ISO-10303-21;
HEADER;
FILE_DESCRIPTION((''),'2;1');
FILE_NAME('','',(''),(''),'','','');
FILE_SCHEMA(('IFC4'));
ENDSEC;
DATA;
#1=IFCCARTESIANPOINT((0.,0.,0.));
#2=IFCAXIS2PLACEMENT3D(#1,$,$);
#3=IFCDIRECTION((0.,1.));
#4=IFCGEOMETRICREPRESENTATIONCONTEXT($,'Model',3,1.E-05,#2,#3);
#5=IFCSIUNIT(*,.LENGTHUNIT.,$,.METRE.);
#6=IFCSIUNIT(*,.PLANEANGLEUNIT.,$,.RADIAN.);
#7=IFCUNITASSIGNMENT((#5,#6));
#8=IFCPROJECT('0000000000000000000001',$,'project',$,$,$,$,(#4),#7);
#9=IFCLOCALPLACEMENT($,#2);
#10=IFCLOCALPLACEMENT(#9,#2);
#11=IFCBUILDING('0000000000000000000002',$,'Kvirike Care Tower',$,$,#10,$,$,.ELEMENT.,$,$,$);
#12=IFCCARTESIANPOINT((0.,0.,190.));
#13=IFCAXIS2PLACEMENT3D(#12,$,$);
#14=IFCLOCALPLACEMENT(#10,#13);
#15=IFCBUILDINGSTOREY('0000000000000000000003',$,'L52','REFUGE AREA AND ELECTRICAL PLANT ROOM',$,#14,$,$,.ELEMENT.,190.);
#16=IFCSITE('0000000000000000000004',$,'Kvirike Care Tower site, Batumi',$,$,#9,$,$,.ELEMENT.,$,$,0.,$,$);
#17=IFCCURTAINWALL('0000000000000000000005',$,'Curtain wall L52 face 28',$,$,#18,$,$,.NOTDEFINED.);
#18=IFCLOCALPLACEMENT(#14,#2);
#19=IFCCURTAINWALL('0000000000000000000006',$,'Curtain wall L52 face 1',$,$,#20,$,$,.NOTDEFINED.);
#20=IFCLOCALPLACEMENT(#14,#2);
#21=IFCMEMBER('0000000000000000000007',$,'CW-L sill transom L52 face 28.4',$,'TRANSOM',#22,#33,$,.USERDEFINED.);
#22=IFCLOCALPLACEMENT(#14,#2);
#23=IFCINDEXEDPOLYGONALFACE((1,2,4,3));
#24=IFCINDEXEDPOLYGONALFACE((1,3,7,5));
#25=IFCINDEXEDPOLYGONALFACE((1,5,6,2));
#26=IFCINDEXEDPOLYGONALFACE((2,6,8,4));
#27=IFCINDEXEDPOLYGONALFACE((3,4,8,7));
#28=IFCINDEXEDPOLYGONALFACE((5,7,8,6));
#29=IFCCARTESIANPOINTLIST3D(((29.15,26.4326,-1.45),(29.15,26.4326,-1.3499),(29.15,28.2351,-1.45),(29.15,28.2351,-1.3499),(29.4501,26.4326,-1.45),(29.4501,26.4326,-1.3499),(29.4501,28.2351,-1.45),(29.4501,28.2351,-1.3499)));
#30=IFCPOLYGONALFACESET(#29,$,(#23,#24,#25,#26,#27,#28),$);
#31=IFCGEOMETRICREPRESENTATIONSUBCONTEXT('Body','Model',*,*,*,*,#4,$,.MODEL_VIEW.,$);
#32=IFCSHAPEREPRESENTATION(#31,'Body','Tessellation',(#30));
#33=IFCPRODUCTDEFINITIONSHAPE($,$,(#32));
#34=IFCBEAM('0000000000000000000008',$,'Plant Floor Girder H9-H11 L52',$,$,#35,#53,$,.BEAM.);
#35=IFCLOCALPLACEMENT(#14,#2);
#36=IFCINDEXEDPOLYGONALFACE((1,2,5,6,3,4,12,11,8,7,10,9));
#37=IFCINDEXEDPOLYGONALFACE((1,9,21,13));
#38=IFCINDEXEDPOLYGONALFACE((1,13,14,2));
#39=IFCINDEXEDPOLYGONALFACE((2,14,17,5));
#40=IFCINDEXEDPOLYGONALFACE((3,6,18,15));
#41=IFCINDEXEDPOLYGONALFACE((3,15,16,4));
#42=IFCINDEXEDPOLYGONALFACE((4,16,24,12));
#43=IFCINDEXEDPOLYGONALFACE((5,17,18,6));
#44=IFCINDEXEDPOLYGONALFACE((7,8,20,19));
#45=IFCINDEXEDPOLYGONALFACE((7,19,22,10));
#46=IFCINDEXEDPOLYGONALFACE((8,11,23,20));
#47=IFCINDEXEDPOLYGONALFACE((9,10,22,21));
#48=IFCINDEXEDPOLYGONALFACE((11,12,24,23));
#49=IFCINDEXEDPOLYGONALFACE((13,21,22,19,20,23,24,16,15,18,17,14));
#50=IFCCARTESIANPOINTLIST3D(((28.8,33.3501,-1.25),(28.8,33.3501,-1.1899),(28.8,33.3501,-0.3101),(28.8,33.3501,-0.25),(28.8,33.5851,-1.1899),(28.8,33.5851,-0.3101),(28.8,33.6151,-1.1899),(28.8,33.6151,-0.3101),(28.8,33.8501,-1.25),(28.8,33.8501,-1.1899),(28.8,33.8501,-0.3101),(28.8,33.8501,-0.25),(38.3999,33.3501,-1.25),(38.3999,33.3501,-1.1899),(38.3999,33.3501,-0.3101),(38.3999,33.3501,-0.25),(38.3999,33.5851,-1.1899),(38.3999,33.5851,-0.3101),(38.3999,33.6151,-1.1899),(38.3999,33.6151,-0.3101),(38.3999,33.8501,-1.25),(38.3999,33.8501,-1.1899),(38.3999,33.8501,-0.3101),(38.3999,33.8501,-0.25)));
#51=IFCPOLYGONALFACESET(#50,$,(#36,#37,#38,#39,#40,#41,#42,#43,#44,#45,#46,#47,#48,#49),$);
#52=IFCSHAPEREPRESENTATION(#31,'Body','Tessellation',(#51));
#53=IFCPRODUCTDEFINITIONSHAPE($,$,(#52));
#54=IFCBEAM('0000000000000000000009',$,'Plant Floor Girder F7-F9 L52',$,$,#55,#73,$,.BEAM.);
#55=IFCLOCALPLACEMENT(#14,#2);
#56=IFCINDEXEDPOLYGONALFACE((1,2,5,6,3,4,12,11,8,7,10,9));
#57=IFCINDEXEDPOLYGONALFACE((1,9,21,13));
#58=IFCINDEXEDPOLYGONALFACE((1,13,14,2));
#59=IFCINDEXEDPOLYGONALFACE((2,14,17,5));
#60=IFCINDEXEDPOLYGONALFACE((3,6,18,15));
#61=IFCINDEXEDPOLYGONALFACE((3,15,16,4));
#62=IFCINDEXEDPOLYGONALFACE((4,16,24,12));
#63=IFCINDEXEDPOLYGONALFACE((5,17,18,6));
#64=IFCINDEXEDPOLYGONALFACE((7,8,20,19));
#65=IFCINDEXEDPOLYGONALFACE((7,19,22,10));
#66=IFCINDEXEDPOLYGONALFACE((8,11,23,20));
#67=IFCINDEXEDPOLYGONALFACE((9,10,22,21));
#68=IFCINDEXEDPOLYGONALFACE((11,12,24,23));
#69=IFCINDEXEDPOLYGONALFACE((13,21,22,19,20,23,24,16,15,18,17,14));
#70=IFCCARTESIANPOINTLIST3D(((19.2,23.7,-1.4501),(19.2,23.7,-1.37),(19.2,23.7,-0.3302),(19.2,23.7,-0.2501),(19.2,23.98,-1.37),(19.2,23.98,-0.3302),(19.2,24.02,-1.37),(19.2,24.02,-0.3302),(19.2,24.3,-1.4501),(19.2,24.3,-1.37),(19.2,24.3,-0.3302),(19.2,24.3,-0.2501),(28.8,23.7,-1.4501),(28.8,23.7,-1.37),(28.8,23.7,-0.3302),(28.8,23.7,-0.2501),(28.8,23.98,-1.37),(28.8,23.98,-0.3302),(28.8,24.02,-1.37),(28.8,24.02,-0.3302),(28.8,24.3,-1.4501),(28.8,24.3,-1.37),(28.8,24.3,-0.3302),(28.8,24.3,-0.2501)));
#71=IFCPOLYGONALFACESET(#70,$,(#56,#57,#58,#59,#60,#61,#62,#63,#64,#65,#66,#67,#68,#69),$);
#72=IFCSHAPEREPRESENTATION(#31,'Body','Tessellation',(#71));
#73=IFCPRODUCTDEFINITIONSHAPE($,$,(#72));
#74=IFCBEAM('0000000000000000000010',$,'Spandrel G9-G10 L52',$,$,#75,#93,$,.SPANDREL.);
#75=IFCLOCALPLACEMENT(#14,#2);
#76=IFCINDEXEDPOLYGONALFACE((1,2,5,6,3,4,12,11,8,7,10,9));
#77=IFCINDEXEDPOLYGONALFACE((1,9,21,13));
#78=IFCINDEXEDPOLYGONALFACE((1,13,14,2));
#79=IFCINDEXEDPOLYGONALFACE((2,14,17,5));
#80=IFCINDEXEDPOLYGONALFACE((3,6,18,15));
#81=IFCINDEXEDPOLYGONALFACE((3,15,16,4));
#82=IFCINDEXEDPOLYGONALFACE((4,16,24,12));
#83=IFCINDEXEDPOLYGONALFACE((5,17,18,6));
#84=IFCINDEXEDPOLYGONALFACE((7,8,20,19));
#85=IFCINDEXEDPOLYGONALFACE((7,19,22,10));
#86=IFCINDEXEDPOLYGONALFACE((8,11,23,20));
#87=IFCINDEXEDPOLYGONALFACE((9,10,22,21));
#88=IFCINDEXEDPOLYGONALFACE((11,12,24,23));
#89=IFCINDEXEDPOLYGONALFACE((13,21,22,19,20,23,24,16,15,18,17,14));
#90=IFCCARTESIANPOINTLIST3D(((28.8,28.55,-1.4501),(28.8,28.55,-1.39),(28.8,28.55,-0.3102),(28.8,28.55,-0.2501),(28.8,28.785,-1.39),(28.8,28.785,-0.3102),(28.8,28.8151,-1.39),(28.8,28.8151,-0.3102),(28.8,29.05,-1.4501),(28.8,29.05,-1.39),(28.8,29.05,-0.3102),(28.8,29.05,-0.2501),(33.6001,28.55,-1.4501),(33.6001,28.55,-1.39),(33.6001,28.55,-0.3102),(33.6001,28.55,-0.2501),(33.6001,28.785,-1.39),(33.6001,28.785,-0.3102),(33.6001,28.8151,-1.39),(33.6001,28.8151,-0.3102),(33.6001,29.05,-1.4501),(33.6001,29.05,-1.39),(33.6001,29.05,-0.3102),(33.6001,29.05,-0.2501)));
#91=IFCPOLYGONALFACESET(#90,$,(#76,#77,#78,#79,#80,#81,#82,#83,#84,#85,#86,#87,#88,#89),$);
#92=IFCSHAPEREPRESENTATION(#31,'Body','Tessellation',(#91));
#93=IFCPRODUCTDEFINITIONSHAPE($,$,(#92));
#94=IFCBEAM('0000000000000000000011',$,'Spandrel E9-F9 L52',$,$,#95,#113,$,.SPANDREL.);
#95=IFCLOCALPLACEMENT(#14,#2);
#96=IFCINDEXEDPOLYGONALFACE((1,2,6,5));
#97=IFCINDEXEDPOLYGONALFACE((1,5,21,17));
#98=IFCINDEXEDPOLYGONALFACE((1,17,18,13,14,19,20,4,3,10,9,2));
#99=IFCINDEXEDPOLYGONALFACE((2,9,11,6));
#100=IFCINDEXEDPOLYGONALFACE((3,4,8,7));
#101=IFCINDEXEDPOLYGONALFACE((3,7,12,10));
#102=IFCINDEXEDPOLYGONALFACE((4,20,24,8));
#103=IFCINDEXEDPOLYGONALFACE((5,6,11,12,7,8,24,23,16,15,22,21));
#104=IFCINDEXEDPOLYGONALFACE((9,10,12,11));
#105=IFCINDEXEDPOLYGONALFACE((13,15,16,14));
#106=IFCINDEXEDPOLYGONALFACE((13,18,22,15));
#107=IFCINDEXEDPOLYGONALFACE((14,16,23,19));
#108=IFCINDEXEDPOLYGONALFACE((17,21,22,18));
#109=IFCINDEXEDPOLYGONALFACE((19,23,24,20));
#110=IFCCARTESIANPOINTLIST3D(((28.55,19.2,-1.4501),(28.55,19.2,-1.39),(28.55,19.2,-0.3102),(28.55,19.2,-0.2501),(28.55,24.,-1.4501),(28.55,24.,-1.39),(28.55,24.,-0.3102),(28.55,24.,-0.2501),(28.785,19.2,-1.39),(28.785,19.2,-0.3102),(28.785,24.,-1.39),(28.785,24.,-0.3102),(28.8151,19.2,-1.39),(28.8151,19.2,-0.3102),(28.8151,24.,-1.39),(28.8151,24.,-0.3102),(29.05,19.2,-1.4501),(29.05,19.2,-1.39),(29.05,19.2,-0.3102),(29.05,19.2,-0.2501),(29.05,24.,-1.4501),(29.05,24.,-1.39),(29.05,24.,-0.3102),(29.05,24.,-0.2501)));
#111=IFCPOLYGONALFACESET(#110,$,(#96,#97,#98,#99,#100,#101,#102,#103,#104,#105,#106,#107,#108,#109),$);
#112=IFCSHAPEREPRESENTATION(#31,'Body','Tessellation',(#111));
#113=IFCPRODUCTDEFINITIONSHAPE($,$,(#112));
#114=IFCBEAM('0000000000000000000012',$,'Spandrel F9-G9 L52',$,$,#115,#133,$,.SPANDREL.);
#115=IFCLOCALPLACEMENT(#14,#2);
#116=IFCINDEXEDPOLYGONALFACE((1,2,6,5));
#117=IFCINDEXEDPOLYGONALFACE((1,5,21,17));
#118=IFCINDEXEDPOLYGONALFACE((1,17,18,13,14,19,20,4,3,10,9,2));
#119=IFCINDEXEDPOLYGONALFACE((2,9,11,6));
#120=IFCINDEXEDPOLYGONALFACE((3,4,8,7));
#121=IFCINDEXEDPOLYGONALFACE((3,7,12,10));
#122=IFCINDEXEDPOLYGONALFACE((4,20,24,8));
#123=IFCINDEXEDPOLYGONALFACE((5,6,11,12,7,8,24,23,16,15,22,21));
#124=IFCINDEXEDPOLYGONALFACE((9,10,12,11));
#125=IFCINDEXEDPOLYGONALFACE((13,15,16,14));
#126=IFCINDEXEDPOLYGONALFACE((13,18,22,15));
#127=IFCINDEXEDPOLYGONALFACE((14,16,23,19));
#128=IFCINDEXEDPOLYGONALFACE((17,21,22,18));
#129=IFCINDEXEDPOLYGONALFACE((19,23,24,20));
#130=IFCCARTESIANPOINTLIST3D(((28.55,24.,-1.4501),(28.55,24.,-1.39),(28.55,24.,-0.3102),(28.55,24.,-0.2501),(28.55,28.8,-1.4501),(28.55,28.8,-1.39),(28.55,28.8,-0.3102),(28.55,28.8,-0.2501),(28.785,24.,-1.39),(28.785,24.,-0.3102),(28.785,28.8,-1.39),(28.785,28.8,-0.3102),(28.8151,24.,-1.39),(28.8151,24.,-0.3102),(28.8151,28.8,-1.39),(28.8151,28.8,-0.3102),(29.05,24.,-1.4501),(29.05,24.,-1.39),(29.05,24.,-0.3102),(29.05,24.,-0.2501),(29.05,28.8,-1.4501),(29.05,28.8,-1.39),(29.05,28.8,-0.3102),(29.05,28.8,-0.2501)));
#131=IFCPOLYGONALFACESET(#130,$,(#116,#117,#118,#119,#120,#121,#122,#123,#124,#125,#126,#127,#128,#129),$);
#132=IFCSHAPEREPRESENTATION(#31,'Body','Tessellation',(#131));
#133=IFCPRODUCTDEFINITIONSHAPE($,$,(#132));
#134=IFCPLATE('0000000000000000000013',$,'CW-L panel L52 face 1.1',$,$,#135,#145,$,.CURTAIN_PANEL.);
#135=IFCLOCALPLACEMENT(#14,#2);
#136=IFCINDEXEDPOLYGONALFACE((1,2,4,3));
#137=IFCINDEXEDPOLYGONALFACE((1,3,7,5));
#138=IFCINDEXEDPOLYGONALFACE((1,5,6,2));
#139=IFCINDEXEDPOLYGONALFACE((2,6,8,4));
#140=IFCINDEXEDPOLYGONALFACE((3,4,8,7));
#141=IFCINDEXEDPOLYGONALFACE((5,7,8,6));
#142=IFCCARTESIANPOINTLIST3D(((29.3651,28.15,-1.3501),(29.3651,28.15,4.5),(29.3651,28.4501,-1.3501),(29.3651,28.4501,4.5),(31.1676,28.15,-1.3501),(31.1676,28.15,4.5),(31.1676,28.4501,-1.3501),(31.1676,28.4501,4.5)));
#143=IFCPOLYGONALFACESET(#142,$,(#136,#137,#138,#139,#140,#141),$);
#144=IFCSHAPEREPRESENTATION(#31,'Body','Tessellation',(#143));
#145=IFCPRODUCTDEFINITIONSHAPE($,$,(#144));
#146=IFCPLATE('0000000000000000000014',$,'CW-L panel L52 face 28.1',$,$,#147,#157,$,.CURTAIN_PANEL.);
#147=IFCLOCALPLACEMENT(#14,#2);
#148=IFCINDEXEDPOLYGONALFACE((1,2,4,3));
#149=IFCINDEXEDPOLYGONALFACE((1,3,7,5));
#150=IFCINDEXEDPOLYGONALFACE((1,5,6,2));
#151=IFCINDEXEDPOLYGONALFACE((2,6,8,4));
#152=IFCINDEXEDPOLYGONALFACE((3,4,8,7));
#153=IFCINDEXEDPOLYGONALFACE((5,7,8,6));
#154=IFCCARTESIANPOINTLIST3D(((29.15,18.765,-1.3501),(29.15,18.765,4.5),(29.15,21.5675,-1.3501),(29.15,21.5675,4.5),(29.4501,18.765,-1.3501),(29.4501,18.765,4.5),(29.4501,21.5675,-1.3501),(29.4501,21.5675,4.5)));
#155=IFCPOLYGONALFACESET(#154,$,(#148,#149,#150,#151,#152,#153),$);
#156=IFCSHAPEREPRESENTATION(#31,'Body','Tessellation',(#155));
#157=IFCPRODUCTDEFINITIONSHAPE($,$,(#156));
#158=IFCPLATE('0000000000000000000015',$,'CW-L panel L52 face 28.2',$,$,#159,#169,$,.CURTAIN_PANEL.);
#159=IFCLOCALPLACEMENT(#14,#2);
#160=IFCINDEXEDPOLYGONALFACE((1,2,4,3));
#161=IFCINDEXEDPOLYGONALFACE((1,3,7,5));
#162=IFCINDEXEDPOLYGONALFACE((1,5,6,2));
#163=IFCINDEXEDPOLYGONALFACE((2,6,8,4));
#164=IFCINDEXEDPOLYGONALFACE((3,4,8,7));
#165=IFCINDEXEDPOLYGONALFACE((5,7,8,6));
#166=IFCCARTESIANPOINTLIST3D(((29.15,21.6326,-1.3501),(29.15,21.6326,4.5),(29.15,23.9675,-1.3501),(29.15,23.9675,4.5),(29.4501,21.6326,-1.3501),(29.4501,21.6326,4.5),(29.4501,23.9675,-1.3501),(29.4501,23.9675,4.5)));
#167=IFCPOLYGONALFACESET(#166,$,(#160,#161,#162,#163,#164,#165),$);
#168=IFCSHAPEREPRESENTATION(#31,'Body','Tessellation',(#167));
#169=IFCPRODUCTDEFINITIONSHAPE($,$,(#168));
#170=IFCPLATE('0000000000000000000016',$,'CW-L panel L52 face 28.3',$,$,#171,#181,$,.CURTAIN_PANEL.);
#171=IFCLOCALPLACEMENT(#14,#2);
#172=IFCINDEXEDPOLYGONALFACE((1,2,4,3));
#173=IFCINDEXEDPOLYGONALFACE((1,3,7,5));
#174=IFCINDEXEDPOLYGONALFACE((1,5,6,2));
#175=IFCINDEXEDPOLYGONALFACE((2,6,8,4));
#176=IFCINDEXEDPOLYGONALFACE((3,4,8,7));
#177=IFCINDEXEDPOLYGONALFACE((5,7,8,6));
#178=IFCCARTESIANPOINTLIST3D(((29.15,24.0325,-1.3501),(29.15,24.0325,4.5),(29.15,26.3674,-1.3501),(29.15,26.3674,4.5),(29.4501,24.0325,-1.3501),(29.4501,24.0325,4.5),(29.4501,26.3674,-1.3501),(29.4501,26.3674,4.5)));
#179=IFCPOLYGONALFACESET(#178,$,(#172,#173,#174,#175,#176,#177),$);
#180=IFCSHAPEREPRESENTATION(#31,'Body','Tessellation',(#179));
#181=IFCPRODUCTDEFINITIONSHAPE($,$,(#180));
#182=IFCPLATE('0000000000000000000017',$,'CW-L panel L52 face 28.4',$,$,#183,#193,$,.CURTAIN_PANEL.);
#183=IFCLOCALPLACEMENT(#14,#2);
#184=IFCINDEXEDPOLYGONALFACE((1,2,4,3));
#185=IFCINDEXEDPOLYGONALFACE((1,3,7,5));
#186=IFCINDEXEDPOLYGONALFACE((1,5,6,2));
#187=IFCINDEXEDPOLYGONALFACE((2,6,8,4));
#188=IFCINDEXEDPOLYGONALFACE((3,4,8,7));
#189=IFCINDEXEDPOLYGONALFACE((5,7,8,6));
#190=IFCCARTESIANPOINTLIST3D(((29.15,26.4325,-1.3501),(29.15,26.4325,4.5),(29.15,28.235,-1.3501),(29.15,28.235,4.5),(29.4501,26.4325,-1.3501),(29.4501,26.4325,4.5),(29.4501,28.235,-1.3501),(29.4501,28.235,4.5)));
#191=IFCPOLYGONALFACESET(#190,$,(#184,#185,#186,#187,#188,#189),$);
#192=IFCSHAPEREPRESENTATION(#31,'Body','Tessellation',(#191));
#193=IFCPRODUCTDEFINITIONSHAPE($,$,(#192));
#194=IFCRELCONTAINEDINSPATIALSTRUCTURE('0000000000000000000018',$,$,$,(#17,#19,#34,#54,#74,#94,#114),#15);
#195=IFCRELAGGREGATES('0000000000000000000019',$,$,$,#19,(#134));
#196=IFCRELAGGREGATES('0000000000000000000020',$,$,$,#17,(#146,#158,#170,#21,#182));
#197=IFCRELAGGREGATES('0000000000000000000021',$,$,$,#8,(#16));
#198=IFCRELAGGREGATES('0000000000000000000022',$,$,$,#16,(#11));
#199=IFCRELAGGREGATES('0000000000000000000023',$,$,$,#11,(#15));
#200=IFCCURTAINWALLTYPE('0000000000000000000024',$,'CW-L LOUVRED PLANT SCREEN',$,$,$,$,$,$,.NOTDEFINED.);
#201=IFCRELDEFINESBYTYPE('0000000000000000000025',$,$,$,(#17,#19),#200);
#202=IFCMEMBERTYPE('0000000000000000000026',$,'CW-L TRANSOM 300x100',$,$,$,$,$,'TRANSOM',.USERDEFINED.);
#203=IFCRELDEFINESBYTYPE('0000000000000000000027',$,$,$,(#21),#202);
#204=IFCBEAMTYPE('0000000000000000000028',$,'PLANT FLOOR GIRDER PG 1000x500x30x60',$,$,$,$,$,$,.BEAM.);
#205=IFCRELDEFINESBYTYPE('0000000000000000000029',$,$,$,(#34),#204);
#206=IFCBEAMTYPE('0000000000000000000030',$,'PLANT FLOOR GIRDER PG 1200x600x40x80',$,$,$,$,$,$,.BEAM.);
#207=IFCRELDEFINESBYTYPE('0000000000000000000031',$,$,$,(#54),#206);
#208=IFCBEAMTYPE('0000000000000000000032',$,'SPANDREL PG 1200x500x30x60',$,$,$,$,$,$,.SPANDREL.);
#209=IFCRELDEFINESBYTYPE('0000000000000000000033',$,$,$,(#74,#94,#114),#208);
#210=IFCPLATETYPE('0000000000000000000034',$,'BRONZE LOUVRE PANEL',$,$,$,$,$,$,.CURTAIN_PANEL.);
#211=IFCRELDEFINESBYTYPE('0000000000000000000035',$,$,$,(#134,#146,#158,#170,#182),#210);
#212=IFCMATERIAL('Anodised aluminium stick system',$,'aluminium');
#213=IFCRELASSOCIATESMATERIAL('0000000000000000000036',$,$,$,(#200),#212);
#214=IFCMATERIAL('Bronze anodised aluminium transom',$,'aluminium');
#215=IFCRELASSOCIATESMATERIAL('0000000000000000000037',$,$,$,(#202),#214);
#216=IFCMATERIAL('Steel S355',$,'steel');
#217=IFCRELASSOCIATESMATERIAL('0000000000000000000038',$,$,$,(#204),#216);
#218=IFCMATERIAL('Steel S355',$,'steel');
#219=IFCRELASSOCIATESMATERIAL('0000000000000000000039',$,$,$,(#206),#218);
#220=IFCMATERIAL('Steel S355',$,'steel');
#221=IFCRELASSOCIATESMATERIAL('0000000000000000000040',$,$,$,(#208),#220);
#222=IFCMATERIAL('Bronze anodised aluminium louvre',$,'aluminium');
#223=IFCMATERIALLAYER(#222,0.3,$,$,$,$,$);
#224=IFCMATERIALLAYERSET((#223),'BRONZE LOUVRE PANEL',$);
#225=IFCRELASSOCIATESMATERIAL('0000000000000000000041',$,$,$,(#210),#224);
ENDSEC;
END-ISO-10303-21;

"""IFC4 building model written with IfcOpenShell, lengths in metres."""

from ifc_helpers import new_model, si_unit, direction, frame, origin, origin_2d, place, context, subcontext, project, spatial, rectangle, i_section, extrude, material, layer, layer_set, material_profile, profile_set, type_object, element, aggregate, save


model = new_model("IFC4")

# Units and contexts
model_context = context("Model", 3, precision=1e-05, world=origin(), true_north=direction((0.0, 1.0)))
body_context = subcontext(model_context, "Body", "Model", "MODEL_VIEW")
ifc_project = project(units=[si_unit("LENGTHUNIT", "METRE"), si_unit("PLANEANGLEUNIT", "RADIAN")], contexts=[model_context])

# Site, building, storey
site_placement = place(None, origin())
site = spatial("IfcSite", under=ifc_project, at=site_placement, Name="Kvirike Care Tower site, Batumi", CompositionType="ELEMENT", RefElevation=0.0)
building_placement = place(site_placement, origin())
building = spatial("IfcBuilding", under=site, at=building_placement, Name="Kvirike Care Tower", CompositionType="ELEMENT")
storey_placement = place(building_placement, frame((0.0, 0.0, 190.0)))
storey = spatial("IfcBuildingStorey", under=building, at=storey_placement, Name="L52", Description="REFUGE AREA AND ELECTRICAL PLANT ROOM", CompositionType="ELEMENT", Elevation=190.0)

# Curtain walls
ifc_material_1 = material(Name="Anodised aluminium stick system", Category="aluminium")
curtain_wall_type = type_object("IfcCurtainWallType", Name="CW-L LOUVRED PLANT SCREEN", PredefinedType="NOTDEFINED", material=ifc_material_1)
curtain_wall_1_placement = place(storey_placement, origin())
curtain_wall_1 = element("IfcCurtainWall", 1, at=curtain_wall_1_placement, inside=storey, type_object=curtain_wall_type, Name="Curtain wall L52 face 28", PredefinedType="NOTDEFINED")
curtain_wall_2_placement = place(storey_placement, origin())
curtain_wall_2 = element("IfcCurtainWall", 2, at=curtain_wall_2_placement, inside=storey, type_object=curtain_wall_type, Name="Curtain wall L52 face 1", PredefinedType="NOTDEFINED")

# Member
ifc_material_2 = material(Name="Bronze anodised aluminium transom", Category="aluminium")
ifc_material_profile_1 = material_profile(ifc_material_2, rectangle(XDim=0.3, YDim=0.1001, at=origin_2d()), Name="CW-L TRANSOM 300x100")
ifc_profile_set_1 = profile_set([ifc_material_profile_1], Name="Bronze anodised aluminium transom")
member_type_1 = type_object("IfcMemberType", Name="CW-L TRANSOM 300x100", ElementType="TRANSOM", PredefinedType="USERDEFINED", material=ifc_profile_set_1)
member_1_placement = place(storey_placement, frame((29.3, 26.4326, -1.3999), z_axis=(0.0, 1.0, 0.0), x_axis=(-1.0, 0.0, 0.0)))
member_1 = element("IfcMember", 3, at=member_1_placement, type_object=member_type_1, Name="CW-L sill transom L52 face 28.4", ObjectType="TRANSOM", PredefinedType="USERDEFINED", context=body_context, shape_type="SweptSolid", body=[
    extrude(rectangle(XDim=0.3, YDim=0.1001, at=origin_2d()), origin(), (0.0, 0.0, 1.0), 1.8025),
])

# Beams
ifc_material_3 = material(Name="Steel S355", Category="steel")
ifc_material_profile_2 = material_profile(ifc_material_3, i_section(OverallWidth=0.5, OverallDepth=1.0, WebThickness=0.03, FlangeThickness=0.0601, at=origin_2d()), Name="PG 1000x500x30x60")
ifc_profile_set_2 = profile_set([ifc_material_profile_2], Name="Steel S355")
beam_type_1 = type_object("IfcBeamType", Name="PLANT FLOOR GIRDER PG 1000x500x30x60", PredefinedType="BEAM", material=ifc_profile_set_2)
beam_1_placement = place(storey_placement, frame((28.8, 33.6001, -0.75), z_axis=(1.0, 0.0, 0.0), x_axis=(0.0, 1.0, 0.0)))
element("IfcBeam", 4, at=beam_1_placement, inside=storey, type_object=beam_type_1, Name="Plant Floor Girder H9-H11 L52", PredefinedType="BEAM", context=body_context, shape_type="SweptSolid", body=[
    extrude(i_section(OverallWidth=0.5, OverallDepth=1.0, WebThickness=0.03, FlangeThickness=0.0601, at=origin_2d()), origin(), (0.0, 0.0, 1.0), 9.5999),
])
ifc_material_4 = material(Name="Steel S355", Category="steel")
ifc_material_profile_3 = material_profile(ifc_material_4, i_section(OverallWidth=0.6001, OverallDepth=1.2, WebThickness=0.04, FlangeThickness=0.0801, at=origin_2d()), Name="PG 1200x600x40x80")
ifc_profile_set_3 = profile_set([ifc_material_profile_3], Name="Steel S355")
beam_type_2 = type_object("IfcBeamType", Name="PLANT FLOOR GIRDER PG 1200x600x40x80", PredefinedType="BEAM", material=ifc_profile_set_3)
beam_2_placement = place(storey_placement, frame((19.2, 24.0, -0.8501), z_axis=(1.0, 0.0, 0.0), x_axis=(0.0, 1.0, 0.0)))
element("IfcBeam", 5, at=beam_2_placement, inside=storey, type_object=beam_type_2, Name="Plant Floor Girder F7-F9 L52", PredefinedType="BEAM", context=body_context, shape_type="SweptSolid", body=[
    extrude(i_section(OverallWidth=0.6001, OverallDepth=1.2, WebThickness=0.04, FlangeThickness=0.0801, at=origin_2d()), origin(), (0.0, 0.0, 1.0), 9.6001),
])
ifc_material_5 = material(Name="Steel S355", Category="steel")
ifc_material_profile_4 = material_profile(ifc_material_5, i_section(OverallWidth=0.5, OverallDepth=1.2, WebThickness=0.03, FlangeThickness=0.0601, at=origin_2d()), Name="PG 1200x500x30x60")
ifc_profile_set_4 = profile_set([ifc_material_profile_4], Name="Steel S355")
beam_type_3 = type_object("IfcBeamType", Name="SPANDREL PG 1200x500x30x60", PredefinedType="SPANDREL", material=ifc_profile_set_4)
for number, where, z_axis, x_axis, name in (
    (6, (28.8, 28.8, -0.8501), (1.0, 0.0, 0.0), (0.0, 1.0, 0.0), "Spandrel G9-G10 L52"),
    (7, (28.8, 19.2, -0.8501), (0.0, 1.0, 0.0), (-1.0, 0.0, 0.0), "Spandrel E9-F9 L52"),
    (8, (28.8, 24.0, -0.8501), (0.0, 1.0, 0.0), (-1.0, 0.0, 0.0), "Spandrel F9-G9 L52"),
):
    element("IfcBeam", number, at=place(storey_placement, frame(where, z_axis=z_axis, x_axis=x_axis)), inside=storey, type_object=beam_type_3, Name=name, PredefinedType="SPANDREL", context=body_context, shape_type="SweptSolid", body=[
        extrude(i_section(OverallWidth=0.5, OverallDepth=1.2, WebThickness=0.03, FlangeThickness=0.0601, at=origin_2d()), origin(), (0.0, 0.0, 1.0), 4.8),
    ])

# Plates
ifc_material_6 = material(Name="Bronze anodised aluminium louvre", Category="aluminium")
ifc_layer_1 = layer(ifc_material_6, 0.3)
ifc_layer_set_1 = layer_set([ifc_layer_1], Name="BRONZE LOUVRE PANEL")
plate_type = type_object("IfcPlateType", Name="BRONZE LOUVRE PANEL", PredefinedType="CURTAIN_PANEL", material=ifc_layer_set_1)
plate_1_placement = place(storey_placement, frame((30.2664, 28.3, -1.3501), z_axis=(0.0, 0.0, 1.0), x_axis=(1.0, 0.0, 0.0)))
plate_1 = element("IfcPlate", 9, at=plate_1_placement, type_object=plate_type, Name="CW-L panel L52 face 1.1", PredefinedType="CURTAIN_PANEL", context=body_context, shape_type="SweptSolid", body=[
    extrude(rectangle(XDim=1.8025, YDim=0.3, at=origin_2d()), origin(), (0.0, 0.0, 1.0), 5.8501),
])
aggregate(curtain_wall_2, [plate_1])
plate_2_placement = place(storey_placement, frame((29.3, 20.1663, -1.3501), z_axis=(0.0, 0.0, 1.0), x_axis=(0.0, 1.0, 0.0)))
plate_2 = element("IfcPlate", 10, at=plate_2_placement, type_object=plate_type, Name="CW-L panel L52 face 28.1", PredefinedType="CURTAIN_PANEL", context=body_context, shape_type="SweptSolid", body=[
    extrude(rectangle(XDim=2.8025, YDim=0.3, at=origin_2d()), origin(), (0.0, 0.0, 1.0), 5.8501),
])
plate_3_placement = place(storey_placement, frame((29.3, 22.8, -1.3501), z_axis=(0.0, 0.0, 1.0), x_axis=(0.0, 1.0, 0.0)))
plate_3 = element("IfcPlate", 11, at=plate_3_placement, type_object=plate_type, Name="CW-L panel L52 face 28.2", PredefinedType="CURTAIN_PANEL", context=body_context, shape_type="SweptSolid", body=[
    extrude(rectangle(XDim=2.335, YDim=0.3, at=origin_2d()), origin(), (0.0, 0.0, 1.0), 5.8501),
])
plate_4_placement = place(storey_placement, frame((29.3, 25.2, -1.3501), z_axis=(0.0, 0.0, 1.0), x_axis=(0.0, 1.0, 0.0)))
plate_4 = element("IfcPlate", 12, at=plate_4_placement, type_object=plate_type, Name="CW-L panel L52 face 28.3", PredefinedType="CURTAIN_PANEL", context=body_context, shape_type="SweptSolid", body=[
    extrude(rectangle(XDim=2.335, YDim=0.3, at=origin_2d()), origin(), (0.0, 0.0, 1.0), 5.8501),
])
plate_5_placement = place(storey_placement, frame((29.3, 27.3337, -1.3501), z_axis=(0.0, 0.0, 1.0), x_axis=(0.0, 1.0, 0.0)))
plate_5 = element("IfcPlate", 13, at=plate_5_placement, type_object=plate_type, Name="CW-L panel L52 face 28.4", PredefinedType="CURTAIN_PANEL", context=body_context, shape_type="SweptSolid", body=[
    extrude(rectangle(XDim=1.8025, YDim=0.3, at=origin_2d()), origin(), (0.0, 0.0, 1.0), 5.8501),
])
aggregate(curtain_wall_1, [plate_2, plate_3, plate_4, member_1, plate_5])

save(model, "model.ifc")
